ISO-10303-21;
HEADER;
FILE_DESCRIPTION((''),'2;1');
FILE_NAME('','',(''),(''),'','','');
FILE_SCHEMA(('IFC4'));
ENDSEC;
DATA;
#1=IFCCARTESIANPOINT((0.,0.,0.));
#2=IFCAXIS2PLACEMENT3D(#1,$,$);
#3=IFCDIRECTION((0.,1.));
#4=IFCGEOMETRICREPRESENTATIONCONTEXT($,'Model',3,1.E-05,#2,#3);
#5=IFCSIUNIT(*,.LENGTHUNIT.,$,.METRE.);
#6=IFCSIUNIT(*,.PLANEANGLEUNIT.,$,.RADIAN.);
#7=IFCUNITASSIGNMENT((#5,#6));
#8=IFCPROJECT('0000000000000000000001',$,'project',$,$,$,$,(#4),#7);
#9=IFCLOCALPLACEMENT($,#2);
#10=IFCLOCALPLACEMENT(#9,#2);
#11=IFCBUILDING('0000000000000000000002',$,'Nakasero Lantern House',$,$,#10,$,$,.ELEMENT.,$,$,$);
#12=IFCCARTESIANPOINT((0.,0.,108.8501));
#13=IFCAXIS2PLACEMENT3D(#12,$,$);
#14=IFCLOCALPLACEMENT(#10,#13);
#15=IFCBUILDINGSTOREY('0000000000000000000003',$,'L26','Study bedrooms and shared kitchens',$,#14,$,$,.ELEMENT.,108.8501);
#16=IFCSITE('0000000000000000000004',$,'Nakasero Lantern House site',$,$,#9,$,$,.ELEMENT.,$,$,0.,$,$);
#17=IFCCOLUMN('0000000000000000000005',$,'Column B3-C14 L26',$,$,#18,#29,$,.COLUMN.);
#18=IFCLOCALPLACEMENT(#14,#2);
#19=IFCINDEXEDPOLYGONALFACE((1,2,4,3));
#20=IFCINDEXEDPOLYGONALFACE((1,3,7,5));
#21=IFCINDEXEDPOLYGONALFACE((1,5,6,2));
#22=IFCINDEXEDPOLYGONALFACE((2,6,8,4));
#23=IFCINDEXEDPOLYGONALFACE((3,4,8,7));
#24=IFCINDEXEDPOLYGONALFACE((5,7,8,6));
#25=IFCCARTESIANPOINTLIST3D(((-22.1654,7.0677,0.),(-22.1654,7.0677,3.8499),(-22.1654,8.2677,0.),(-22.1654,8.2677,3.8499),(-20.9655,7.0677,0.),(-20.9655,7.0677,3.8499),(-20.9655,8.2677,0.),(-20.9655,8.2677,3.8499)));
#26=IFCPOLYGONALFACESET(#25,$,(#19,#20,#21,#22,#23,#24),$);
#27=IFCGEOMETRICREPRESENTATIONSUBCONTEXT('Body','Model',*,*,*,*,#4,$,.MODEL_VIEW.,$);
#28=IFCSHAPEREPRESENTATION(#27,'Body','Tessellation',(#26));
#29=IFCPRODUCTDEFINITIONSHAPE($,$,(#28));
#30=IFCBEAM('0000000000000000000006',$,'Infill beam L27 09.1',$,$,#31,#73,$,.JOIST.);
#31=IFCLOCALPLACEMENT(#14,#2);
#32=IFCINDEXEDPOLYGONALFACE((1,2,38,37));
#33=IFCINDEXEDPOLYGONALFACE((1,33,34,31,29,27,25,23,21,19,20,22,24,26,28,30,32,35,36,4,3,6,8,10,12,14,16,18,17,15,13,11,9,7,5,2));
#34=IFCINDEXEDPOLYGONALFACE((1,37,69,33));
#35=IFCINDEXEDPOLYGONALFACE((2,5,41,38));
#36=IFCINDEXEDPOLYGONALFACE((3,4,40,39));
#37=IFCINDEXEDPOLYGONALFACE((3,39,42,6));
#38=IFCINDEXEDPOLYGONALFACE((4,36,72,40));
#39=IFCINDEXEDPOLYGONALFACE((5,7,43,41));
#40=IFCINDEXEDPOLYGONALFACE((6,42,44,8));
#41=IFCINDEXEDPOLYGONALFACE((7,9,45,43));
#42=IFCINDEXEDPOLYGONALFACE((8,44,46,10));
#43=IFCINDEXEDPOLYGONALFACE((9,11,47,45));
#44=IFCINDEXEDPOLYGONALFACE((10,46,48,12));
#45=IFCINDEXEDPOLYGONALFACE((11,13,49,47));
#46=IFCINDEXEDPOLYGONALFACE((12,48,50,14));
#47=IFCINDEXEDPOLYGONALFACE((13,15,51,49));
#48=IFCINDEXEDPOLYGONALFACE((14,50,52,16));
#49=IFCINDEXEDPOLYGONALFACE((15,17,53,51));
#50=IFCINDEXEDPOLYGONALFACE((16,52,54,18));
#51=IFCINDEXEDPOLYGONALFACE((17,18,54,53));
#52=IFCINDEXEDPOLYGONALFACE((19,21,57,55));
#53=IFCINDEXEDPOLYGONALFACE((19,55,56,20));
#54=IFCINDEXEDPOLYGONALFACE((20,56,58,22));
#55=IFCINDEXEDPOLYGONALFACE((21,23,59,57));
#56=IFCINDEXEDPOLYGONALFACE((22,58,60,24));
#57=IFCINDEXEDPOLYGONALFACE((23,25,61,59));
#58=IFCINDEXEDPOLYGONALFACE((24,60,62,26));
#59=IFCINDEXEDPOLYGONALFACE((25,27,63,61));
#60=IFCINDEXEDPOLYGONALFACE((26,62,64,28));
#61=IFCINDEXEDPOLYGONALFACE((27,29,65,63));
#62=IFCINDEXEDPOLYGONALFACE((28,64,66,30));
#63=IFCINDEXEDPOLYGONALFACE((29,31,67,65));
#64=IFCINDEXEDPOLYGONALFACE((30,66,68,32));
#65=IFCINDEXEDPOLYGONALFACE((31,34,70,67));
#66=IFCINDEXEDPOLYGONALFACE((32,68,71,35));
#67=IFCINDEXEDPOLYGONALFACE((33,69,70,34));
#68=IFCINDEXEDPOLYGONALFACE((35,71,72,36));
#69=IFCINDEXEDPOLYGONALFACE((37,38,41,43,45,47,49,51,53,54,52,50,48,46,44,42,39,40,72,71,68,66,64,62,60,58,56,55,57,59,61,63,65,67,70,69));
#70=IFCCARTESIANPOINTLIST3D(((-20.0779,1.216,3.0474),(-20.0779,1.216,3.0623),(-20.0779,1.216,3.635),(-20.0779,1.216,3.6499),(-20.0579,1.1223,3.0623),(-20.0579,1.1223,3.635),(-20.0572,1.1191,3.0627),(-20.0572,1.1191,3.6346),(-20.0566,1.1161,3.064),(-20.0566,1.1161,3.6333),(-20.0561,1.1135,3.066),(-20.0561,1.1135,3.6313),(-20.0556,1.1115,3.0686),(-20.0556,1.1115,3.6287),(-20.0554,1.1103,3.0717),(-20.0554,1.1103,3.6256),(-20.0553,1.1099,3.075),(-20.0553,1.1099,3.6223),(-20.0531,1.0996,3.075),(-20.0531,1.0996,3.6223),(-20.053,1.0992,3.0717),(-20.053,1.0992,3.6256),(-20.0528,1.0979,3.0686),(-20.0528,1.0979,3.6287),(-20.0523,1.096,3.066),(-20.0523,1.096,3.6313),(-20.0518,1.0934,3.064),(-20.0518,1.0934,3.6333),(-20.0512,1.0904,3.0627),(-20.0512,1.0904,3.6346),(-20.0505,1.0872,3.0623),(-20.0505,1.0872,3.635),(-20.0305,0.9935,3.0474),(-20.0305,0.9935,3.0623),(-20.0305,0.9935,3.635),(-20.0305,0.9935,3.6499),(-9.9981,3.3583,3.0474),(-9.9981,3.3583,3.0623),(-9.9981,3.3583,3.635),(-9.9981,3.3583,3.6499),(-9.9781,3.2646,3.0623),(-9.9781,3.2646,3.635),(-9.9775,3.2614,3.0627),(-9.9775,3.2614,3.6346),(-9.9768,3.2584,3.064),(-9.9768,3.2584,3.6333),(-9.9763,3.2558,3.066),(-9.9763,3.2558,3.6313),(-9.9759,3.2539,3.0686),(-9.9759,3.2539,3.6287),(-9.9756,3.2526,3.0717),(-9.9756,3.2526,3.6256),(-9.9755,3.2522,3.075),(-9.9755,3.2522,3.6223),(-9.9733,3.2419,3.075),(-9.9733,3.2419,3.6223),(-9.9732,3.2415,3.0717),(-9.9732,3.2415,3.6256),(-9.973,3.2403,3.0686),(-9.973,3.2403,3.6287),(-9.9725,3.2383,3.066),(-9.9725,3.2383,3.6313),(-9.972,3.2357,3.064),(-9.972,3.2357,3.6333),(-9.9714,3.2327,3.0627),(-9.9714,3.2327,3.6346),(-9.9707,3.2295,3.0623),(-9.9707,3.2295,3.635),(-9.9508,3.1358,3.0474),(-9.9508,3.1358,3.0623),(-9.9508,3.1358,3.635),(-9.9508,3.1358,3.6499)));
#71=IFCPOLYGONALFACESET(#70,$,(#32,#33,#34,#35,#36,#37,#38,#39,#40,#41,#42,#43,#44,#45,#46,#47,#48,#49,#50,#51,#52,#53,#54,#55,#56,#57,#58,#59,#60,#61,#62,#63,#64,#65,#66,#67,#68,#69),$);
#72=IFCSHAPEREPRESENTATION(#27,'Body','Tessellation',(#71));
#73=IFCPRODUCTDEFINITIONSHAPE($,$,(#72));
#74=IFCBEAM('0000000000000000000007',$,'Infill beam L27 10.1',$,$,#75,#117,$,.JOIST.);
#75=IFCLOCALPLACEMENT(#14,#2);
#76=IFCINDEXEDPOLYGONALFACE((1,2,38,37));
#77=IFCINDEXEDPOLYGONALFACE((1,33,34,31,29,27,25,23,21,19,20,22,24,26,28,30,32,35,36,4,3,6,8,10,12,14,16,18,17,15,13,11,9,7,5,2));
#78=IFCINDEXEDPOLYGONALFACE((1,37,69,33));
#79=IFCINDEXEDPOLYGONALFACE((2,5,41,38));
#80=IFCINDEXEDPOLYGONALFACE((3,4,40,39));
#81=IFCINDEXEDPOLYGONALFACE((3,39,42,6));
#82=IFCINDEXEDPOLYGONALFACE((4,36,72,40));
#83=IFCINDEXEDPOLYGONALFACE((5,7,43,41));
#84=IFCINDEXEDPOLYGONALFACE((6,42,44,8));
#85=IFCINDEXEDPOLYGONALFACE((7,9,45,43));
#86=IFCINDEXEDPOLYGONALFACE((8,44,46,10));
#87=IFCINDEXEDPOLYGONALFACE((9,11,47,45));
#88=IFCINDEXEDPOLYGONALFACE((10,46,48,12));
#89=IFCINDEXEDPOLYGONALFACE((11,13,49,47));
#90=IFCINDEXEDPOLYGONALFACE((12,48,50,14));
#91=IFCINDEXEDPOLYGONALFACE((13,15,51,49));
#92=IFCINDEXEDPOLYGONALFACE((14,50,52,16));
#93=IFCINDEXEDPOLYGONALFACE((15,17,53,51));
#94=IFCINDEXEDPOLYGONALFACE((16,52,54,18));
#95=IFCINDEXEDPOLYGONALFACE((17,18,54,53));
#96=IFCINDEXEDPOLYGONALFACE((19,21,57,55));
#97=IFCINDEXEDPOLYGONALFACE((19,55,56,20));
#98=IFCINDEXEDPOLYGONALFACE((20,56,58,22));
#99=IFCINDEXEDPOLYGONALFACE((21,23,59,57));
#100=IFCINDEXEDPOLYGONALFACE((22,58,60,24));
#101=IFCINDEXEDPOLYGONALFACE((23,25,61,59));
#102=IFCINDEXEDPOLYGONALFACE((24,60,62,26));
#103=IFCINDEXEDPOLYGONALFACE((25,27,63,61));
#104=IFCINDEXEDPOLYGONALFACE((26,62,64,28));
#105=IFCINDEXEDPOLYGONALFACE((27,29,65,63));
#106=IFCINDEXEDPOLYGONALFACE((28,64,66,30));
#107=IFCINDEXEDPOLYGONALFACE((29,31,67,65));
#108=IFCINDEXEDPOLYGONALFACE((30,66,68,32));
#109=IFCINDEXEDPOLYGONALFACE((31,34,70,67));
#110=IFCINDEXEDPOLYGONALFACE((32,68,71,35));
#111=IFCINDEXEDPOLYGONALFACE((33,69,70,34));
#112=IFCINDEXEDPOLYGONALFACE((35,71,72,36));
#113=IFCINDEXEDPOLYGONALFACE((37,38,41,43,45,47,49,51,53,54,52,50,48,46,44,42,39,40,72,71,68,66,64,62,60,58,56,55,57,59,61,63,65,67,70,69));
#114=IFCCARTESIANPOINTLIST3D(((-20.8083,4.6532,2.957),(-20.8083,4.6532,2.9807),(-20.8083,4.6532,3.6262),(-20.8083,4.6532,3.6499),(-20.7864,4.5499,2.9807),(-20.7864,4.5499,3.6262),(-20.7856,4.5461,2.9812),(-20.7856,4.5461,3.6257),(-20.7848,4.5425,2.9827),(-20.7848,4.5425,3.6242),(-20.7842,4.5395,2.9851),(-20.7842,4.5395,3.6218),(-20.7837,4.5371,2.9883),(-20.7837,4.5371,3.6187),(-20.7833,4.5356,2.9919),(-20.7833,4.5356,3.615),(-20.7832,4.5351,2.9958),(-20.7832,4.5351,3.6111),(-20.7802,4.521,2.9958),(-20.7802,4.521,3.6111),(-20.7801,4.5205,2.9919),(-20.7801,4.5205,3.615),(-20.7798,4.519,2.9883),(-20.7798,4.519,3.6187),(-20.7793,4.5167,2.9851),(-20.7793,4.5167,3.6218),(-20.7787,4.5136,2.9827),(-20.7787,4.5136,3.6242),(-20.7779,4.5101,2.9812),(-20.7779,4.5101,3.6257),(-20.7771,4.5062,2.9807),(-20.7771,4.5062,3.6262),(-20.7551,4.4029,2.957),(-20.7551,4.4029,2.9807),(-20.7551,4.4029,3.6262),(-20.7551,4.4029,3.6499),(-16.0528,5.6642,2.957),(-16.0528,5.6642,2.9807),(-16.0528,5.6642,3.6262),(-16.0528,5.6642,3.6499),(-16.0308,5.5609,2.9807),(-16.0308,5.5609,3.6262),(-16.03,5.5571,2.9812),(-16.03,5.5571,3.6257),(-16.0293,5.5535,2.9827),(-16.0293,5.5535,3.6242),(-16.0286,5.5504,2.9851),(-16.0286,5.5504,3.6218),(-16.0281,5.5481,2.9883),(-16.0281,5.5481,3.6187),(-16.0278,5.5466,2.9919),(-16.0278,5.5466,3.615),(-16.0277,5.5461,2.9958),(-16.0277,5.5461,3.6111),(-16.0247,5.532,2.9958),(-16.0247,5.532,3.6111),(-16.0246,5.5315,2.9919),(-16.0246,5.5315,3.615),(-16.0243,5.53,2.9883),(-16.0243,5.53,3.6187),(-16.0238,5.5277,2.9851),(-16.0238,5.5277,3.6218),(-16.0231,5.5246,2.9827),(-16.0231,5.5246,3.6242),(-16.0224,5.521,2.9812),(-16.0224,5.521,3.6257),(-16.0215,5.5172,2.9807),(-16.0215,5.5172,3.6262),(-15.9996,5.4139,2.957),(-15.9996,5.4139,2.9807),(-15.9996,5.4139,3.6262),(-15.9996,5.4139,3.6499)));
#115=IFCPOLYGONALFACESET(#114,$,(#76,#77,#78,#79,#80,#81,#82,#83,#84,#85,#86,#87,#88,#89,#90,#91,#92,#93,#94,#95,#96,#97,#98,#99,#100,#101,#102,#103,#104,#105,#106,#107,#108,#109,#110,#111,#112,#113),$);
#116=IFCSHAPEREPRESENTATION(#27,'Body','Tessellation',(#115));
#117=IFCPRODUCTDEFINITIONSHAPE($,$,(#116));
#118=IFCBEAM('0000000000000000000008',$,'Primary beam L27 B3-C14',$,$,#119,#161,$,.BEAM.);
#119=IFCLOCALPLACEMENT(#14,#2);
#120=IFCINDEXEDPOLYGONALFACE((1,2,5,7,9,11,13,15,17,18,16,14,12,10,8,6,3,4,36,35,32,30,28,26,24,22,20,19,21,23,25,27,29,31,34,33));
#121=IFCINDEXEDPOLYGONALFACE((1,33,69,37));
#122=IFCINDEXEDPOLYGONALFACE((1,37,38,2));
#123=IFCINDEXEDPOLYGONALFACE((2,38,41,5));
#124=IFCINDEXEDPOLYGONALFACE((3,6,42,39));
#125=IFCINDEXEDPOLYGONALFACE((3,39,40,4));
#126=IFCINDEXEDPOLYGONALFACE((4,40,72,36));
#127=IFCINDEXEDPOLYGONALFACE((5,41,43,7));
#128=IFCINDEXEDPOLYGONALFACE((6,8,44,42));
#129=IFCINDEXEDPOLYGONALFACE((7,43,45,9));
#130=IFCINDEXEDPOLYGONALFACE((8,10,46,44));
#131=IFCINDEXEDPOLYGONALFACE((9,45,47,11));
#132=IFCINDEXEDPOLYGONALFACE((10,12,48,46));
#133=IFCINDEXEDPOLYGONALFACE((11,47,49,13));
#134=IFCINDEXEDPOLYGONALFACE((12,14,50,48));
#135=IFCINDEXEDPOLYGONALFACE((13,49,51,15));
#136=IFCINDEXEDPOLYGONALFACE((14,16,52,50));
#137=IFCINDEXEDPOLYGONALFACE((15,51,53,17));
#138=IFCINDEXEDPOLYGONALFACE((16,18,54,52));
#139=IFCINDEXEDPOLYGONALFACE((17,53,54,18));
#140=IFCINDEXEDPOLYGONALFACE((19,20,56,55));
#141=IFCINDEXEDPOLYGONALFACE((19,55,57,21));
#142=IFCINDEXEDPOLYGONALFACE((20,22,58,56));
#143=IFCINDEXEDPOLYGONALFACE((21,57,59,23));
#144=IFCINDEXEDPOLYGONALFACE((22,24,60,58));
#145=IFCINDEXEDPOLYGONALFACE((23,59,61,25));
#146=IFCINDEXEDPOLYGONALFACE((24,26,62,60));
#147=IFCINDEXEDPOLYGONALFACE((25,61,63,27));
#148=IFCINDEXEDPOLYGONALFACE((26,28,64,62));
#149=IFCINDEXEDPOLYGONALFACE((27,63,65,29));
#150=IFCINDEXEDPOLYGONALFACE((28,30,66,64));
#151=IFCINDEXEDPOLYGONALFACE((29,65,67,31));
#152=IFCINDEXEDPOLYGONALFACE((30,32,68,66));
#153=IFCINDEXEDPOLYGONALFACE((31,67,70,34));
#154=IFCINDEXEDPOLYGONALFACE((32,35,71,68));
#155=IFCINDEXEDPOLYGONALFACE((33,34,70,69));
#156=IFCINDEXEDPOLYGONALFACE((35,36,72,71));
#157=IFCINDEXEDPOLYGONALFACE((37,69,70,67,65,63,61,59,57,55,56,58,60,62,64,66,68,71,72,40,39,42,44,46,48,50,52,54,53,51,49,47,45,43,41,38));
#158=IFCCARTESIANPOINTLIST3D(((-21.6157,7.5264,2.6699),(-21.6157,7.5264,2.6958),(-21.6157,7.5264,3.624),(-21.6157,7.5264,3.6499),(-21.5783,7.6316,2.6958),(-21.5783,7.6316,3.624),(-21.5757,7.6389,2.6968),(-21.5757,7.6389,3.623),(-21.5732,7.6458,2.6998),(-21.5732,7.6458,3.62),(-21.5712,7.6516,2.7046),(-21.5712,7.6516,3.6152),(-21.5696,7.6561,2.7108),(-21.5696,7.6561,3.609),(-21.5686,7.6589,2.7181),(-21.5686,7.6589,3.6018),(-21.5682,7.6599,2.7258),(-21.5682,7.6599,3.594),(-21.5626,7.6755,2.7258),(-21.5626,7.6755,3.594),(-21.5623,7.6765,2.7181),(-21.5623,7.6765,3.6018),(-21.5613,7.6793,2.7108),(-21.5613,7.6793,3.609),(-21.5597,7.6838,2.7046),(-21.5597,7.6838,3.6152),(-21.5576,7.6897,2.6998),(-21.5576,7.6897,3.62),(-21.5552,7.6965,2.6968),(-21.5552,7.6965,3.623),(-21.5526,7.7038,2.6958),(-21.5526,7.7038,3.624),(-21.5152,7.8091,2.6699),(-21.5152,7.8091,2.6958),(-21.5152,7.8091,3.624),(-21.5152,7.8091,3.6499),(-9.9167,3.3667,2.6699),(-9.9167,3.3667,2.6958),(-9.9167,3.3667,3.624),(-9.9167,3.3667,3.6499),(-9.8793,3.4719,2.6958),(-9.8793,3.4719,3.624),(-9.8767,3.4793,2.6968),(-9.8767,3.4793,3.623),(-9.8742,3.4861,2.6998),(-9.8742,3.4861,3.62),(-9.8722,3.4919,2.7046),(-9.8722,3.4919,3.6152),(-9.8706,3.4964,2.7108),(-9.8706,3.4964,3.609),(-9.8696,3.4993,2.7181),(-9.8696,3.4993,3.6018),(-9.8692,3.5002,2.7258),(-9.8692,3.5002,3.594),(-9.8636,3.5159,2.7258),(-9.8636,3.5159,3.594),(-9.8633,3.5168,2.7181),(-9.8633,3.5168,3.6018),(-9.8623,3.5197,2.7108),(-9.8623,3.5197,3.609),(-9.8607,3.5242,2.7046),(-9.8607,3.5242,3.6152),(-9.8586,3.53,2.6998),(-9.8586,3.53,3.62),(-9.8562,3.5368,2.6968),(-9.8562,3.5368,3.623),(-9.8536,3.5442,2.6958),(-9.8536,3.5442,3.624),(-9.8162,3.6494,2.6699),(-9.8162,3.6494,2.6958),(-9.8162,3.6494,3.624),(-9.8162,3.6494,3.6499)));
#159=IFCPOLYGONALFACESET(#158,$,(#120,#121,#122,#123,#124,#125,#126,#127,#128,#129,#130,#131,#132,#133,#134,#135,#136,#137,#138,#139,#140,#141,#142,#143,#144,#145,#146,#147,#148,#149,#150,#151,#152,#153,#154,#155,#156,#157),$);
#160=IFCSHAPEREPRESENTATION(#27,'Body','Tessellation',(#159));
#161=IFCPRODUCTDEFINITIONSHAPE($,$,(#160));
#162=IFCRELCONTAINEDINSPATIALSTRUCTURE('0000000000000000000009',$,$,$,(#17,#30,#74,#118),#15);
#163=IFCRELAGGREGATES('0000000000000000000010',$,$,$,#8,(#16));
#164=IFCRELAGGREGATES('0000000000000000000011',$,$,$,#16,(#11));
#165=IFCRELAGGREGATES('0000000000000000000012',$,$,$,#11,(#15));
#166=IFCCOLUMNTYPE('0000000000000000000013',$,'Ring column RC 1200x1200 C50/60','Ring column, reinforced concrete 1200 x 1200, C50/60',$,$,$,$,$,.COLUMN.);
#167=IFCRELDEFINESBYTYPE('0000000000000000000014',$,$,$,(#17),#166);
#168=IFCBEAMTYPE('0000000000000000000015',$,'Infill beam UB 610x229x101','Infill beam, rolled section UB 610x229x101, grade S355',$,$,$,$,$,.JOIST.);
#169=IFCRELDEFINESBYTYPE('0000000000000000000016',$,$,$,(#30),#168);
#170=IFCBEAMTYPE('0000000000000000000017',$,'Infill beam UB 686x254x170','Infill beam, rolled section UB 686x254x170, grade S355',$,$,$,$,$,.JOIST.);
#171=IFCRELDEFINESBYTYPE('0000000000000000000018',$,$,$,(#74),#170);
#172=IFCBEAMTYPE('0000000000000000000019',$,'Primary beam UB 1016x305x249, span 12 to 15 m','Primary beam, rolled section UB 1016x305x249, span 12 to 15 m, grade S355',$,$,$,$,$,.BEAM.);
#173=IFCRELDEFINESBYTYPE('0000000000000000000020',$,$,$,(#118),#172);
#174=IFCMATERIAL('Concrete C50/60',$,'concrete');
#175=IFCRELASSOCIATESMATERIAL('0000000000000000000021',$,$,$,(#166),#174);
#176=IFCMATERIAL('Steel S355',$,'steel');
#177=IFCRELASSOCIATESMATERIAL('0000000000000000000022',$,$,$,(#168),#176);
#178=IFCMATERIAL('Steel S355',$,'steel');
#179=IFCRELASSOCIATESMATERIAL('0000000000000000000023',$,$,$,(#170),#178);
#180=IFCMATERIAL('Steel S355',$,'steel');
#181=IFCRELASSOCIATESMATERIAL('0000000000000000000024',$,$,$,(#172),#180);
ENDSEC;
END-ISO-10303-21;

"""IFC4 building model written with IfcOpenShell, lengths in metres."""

from ifc_helpers import new_model, si_unit, direction, frame, origin, origin_2d, place, context, subcontext, project, spatial, rectangle, i_section, extrude, material, material_profile, profile_set, type_object, element, save


model = new_model("IFC4")

# Units and contexts
model_context = context("Model", 3, precision=1e-05, world=origin(), true_north=direction((0.0, 1.0)))
body_context = subcontext(model_context, "Body", "Model", "MODEL_VIEW")
ifc_project = project(units=[si_unit("LENGTHUNIT", "METRE"), si_unit("PLANEANGLEUNIT", "RADIAN")], contexts=[model_context])

# Site, building, storey
site_placement = place(None, origin())
site = spatial("IfcSite", under=ifc_project, at=site_placement, Name="Nakasero Lantern House site", CompositionType="ELEMENT", RefElevation=0.0)
building_placement = place(site_placement, origin())
building = spatial("IfcBuilding", under=site, at=building_placement, Name="Nakasero Lantern House", CompositionType="ELEMENT")
storey_placement = place(building_placement, frame((0.0, 0.0, 108.8501)))
storey = spatial("IfcBuildingStorey", under=building, at=storey_placement, Name="L26", Description="Study bedrooms and shared kitchens", CompositionType="ELEMENT", Elevation=108.8501)

# Column
ifc_material_1 = material(Name="Concrete C50/60", Category="concrete")
ifc_material_profile_1 = material_profile(ifc_material_1, rectangle(XDim=1.2, YDim=1.2, at=origin_2d()), Name="RC 1200x1200")
ifc_profile_set_1 = profile_set([ifc_material_profile_1], Name="Concrete C50/60")
column_type = type_object("IfcColumnType", Name="Ring column RC 1200x1200 C50/60", Description="Ring column, reinforced concrete 1200 x 1200, C50/60", PredefinedType="COLUMN", material=ifc_profile_set_1)
column_placement = place(storey_placement, frame((-21.5654, 7.6677, 0.0), z_axis=(0.0, 0.0, 1.0), x_axis=(1.0, 0.0, 0.0)))
element("IfcColumn", 1, at=column_placement, inside=storey, type_object=column_type, Name="Column B3-C14 L26", PredefinedType="COLUMN", context=body_context, shape_type="SweptSolid", body=[
    extrude(rectangle(XDim=1.2, YDim=1.2, at=origin_2d()), origin(), (0.0, 0.0, 1.0), 3.8499),
])

# Beams
ifc_material_2 = material(Name="Steel S355", Category="steel")
ifc_material_profile_2 = material_profile(ifc_material_2, i_section(OverallWidth=0.2275, OverallDepth=0.6025, WebThickness=0.0105, FlangeThickness=0.0149, FilletRadius=0.0127, at=origin_2d()), Name="UB 610x229x101")
ifc_profile_set_2 = profile_set([ifc_material_profile_2], Name="Steel S355")
beam_type_1 = type_object("IfcBeamType", Name="Infill beam UB 610x229x101", Description="Infill beam, rolled section UB 610x229x101, grade S355", PredefinedType="JOIST", material=ifc_profile_set_2)
beam_1_placement = place(storey_placement, frame((-20.0542, 1.1047, 3.3486), z_axis=(0.978152, 0.207893, 0.0), x_axis=(-0.207893, 0.978152, 0.0)))
element("IfcBeam", 2, at=beam_1_placement, inside=storey, type_object=beam_type_1, Name="Infill beam L27 09.1", PredefinedType="JOIST", context=body_context, shape_type="SweptSolid", body=[
    extrude(i_section(OverallWidth=0.2275, OverallDepth=0.6025, WebThickness=0.0105, FlangeThickness=0.0149, FilletRadius=0.0127, at=origin_2d()), origin(), (0.0, 0.0, 1.0), 10.3049),
])
ifc_material_3 = material(Name="Steel S355", Category="steel")
ifc_material_profile_3 = material_profile(ifc_material_3, i_section(OverallWidth=0.2559, OverallDepth=0.6929, WebThickness=0.0144, FlangeThickness=0.0237, FilletRadius=0.0151, at=origin_2d()), Name="UB 686x254x170")
ifc_profile_set_3 = profile_set([ifc_material_profile_3], Name="Steel S355")
beam_type_2 = type_object("IfcBeamType", Name="Infill beam UB 686x254x170", Description="Infill beam, rolled section UB 686x254x170, grade S355", PredefinedType="JOIST", material=ifc_profile_set_3)
beam_2_placement = place(storey_placement, frame((-20.7817, 4.5281, 3.3035), z_axis=(0.978141, 0.207941, 0.0), x_axis=(-0.207941, 0.978141, 0.0)))
element("IfcBeam", 3, at=beam_2_placement, inside=storey, type_object=beam_type_2, Name="Infill beam L27 10.1", PredefinedType="JOIST", context=body_context, shape_type="SweptSolid", body=[
    extrude(i_section(OverallWidth=0.2559, OverallDepth=0.6929, WebThickness=0.0144, FlangeThickness=0.0237, FilletRadius=0.0151, at=origin_2d()), origin(), (0.0, 0.0, 1.0), 4.8618),
])
ifc_material_4 = material(Name="Steel S355", Category="steel")
ifc_material_profile_4 = material_profile(ifc_material_4, i_section(OverallWidth=0.3, OverallDepth=0.98, WebThickness=0.0166, FlangeThickness=0.0259, FilletRadius=0.03, at=origin_2d()), Name="UB 1016x305x249")
ifc_profile_set_4 = profile_set([ifc_material_profile_4], Name="Steel S355")
beam_type_3 = type_object("IfcBeamType", Name="Primary beam UB 1016x305x249, span 12 to 15 m", Description="Primary beam, rolled section UB 1016x305x249, span 12 to 15 m, grade S355", PredefinedType="BEAM", material=ifc_profile_set_4)
beam_3_placement = place(storey_placement, frame((-21.5654, 7.6677, 3.1599), z_axis=(0.942214, -0.335012, 0.0), x_axis=(0.335012, 0.942214, 0.0)))
element("IfcBeam", 4, at=beam_3_placement, inside=storey, type_object=beam_type_3, Name="Primary beam L27 B3-C14", PredefinedType="BEAM", context=body_context, shape_type="SweptSolid", body=[
    extrude(i_section(OverallWidth=0.3, OverallDepth=0.98, WebThickness=0.0166, FlangeThickness=0.0259, FilletRadius=0.03, at=origin_2d()), origin(), (0.0, 0.0, 1.0), 12.4165),
])

save(model, "model.ifc")
